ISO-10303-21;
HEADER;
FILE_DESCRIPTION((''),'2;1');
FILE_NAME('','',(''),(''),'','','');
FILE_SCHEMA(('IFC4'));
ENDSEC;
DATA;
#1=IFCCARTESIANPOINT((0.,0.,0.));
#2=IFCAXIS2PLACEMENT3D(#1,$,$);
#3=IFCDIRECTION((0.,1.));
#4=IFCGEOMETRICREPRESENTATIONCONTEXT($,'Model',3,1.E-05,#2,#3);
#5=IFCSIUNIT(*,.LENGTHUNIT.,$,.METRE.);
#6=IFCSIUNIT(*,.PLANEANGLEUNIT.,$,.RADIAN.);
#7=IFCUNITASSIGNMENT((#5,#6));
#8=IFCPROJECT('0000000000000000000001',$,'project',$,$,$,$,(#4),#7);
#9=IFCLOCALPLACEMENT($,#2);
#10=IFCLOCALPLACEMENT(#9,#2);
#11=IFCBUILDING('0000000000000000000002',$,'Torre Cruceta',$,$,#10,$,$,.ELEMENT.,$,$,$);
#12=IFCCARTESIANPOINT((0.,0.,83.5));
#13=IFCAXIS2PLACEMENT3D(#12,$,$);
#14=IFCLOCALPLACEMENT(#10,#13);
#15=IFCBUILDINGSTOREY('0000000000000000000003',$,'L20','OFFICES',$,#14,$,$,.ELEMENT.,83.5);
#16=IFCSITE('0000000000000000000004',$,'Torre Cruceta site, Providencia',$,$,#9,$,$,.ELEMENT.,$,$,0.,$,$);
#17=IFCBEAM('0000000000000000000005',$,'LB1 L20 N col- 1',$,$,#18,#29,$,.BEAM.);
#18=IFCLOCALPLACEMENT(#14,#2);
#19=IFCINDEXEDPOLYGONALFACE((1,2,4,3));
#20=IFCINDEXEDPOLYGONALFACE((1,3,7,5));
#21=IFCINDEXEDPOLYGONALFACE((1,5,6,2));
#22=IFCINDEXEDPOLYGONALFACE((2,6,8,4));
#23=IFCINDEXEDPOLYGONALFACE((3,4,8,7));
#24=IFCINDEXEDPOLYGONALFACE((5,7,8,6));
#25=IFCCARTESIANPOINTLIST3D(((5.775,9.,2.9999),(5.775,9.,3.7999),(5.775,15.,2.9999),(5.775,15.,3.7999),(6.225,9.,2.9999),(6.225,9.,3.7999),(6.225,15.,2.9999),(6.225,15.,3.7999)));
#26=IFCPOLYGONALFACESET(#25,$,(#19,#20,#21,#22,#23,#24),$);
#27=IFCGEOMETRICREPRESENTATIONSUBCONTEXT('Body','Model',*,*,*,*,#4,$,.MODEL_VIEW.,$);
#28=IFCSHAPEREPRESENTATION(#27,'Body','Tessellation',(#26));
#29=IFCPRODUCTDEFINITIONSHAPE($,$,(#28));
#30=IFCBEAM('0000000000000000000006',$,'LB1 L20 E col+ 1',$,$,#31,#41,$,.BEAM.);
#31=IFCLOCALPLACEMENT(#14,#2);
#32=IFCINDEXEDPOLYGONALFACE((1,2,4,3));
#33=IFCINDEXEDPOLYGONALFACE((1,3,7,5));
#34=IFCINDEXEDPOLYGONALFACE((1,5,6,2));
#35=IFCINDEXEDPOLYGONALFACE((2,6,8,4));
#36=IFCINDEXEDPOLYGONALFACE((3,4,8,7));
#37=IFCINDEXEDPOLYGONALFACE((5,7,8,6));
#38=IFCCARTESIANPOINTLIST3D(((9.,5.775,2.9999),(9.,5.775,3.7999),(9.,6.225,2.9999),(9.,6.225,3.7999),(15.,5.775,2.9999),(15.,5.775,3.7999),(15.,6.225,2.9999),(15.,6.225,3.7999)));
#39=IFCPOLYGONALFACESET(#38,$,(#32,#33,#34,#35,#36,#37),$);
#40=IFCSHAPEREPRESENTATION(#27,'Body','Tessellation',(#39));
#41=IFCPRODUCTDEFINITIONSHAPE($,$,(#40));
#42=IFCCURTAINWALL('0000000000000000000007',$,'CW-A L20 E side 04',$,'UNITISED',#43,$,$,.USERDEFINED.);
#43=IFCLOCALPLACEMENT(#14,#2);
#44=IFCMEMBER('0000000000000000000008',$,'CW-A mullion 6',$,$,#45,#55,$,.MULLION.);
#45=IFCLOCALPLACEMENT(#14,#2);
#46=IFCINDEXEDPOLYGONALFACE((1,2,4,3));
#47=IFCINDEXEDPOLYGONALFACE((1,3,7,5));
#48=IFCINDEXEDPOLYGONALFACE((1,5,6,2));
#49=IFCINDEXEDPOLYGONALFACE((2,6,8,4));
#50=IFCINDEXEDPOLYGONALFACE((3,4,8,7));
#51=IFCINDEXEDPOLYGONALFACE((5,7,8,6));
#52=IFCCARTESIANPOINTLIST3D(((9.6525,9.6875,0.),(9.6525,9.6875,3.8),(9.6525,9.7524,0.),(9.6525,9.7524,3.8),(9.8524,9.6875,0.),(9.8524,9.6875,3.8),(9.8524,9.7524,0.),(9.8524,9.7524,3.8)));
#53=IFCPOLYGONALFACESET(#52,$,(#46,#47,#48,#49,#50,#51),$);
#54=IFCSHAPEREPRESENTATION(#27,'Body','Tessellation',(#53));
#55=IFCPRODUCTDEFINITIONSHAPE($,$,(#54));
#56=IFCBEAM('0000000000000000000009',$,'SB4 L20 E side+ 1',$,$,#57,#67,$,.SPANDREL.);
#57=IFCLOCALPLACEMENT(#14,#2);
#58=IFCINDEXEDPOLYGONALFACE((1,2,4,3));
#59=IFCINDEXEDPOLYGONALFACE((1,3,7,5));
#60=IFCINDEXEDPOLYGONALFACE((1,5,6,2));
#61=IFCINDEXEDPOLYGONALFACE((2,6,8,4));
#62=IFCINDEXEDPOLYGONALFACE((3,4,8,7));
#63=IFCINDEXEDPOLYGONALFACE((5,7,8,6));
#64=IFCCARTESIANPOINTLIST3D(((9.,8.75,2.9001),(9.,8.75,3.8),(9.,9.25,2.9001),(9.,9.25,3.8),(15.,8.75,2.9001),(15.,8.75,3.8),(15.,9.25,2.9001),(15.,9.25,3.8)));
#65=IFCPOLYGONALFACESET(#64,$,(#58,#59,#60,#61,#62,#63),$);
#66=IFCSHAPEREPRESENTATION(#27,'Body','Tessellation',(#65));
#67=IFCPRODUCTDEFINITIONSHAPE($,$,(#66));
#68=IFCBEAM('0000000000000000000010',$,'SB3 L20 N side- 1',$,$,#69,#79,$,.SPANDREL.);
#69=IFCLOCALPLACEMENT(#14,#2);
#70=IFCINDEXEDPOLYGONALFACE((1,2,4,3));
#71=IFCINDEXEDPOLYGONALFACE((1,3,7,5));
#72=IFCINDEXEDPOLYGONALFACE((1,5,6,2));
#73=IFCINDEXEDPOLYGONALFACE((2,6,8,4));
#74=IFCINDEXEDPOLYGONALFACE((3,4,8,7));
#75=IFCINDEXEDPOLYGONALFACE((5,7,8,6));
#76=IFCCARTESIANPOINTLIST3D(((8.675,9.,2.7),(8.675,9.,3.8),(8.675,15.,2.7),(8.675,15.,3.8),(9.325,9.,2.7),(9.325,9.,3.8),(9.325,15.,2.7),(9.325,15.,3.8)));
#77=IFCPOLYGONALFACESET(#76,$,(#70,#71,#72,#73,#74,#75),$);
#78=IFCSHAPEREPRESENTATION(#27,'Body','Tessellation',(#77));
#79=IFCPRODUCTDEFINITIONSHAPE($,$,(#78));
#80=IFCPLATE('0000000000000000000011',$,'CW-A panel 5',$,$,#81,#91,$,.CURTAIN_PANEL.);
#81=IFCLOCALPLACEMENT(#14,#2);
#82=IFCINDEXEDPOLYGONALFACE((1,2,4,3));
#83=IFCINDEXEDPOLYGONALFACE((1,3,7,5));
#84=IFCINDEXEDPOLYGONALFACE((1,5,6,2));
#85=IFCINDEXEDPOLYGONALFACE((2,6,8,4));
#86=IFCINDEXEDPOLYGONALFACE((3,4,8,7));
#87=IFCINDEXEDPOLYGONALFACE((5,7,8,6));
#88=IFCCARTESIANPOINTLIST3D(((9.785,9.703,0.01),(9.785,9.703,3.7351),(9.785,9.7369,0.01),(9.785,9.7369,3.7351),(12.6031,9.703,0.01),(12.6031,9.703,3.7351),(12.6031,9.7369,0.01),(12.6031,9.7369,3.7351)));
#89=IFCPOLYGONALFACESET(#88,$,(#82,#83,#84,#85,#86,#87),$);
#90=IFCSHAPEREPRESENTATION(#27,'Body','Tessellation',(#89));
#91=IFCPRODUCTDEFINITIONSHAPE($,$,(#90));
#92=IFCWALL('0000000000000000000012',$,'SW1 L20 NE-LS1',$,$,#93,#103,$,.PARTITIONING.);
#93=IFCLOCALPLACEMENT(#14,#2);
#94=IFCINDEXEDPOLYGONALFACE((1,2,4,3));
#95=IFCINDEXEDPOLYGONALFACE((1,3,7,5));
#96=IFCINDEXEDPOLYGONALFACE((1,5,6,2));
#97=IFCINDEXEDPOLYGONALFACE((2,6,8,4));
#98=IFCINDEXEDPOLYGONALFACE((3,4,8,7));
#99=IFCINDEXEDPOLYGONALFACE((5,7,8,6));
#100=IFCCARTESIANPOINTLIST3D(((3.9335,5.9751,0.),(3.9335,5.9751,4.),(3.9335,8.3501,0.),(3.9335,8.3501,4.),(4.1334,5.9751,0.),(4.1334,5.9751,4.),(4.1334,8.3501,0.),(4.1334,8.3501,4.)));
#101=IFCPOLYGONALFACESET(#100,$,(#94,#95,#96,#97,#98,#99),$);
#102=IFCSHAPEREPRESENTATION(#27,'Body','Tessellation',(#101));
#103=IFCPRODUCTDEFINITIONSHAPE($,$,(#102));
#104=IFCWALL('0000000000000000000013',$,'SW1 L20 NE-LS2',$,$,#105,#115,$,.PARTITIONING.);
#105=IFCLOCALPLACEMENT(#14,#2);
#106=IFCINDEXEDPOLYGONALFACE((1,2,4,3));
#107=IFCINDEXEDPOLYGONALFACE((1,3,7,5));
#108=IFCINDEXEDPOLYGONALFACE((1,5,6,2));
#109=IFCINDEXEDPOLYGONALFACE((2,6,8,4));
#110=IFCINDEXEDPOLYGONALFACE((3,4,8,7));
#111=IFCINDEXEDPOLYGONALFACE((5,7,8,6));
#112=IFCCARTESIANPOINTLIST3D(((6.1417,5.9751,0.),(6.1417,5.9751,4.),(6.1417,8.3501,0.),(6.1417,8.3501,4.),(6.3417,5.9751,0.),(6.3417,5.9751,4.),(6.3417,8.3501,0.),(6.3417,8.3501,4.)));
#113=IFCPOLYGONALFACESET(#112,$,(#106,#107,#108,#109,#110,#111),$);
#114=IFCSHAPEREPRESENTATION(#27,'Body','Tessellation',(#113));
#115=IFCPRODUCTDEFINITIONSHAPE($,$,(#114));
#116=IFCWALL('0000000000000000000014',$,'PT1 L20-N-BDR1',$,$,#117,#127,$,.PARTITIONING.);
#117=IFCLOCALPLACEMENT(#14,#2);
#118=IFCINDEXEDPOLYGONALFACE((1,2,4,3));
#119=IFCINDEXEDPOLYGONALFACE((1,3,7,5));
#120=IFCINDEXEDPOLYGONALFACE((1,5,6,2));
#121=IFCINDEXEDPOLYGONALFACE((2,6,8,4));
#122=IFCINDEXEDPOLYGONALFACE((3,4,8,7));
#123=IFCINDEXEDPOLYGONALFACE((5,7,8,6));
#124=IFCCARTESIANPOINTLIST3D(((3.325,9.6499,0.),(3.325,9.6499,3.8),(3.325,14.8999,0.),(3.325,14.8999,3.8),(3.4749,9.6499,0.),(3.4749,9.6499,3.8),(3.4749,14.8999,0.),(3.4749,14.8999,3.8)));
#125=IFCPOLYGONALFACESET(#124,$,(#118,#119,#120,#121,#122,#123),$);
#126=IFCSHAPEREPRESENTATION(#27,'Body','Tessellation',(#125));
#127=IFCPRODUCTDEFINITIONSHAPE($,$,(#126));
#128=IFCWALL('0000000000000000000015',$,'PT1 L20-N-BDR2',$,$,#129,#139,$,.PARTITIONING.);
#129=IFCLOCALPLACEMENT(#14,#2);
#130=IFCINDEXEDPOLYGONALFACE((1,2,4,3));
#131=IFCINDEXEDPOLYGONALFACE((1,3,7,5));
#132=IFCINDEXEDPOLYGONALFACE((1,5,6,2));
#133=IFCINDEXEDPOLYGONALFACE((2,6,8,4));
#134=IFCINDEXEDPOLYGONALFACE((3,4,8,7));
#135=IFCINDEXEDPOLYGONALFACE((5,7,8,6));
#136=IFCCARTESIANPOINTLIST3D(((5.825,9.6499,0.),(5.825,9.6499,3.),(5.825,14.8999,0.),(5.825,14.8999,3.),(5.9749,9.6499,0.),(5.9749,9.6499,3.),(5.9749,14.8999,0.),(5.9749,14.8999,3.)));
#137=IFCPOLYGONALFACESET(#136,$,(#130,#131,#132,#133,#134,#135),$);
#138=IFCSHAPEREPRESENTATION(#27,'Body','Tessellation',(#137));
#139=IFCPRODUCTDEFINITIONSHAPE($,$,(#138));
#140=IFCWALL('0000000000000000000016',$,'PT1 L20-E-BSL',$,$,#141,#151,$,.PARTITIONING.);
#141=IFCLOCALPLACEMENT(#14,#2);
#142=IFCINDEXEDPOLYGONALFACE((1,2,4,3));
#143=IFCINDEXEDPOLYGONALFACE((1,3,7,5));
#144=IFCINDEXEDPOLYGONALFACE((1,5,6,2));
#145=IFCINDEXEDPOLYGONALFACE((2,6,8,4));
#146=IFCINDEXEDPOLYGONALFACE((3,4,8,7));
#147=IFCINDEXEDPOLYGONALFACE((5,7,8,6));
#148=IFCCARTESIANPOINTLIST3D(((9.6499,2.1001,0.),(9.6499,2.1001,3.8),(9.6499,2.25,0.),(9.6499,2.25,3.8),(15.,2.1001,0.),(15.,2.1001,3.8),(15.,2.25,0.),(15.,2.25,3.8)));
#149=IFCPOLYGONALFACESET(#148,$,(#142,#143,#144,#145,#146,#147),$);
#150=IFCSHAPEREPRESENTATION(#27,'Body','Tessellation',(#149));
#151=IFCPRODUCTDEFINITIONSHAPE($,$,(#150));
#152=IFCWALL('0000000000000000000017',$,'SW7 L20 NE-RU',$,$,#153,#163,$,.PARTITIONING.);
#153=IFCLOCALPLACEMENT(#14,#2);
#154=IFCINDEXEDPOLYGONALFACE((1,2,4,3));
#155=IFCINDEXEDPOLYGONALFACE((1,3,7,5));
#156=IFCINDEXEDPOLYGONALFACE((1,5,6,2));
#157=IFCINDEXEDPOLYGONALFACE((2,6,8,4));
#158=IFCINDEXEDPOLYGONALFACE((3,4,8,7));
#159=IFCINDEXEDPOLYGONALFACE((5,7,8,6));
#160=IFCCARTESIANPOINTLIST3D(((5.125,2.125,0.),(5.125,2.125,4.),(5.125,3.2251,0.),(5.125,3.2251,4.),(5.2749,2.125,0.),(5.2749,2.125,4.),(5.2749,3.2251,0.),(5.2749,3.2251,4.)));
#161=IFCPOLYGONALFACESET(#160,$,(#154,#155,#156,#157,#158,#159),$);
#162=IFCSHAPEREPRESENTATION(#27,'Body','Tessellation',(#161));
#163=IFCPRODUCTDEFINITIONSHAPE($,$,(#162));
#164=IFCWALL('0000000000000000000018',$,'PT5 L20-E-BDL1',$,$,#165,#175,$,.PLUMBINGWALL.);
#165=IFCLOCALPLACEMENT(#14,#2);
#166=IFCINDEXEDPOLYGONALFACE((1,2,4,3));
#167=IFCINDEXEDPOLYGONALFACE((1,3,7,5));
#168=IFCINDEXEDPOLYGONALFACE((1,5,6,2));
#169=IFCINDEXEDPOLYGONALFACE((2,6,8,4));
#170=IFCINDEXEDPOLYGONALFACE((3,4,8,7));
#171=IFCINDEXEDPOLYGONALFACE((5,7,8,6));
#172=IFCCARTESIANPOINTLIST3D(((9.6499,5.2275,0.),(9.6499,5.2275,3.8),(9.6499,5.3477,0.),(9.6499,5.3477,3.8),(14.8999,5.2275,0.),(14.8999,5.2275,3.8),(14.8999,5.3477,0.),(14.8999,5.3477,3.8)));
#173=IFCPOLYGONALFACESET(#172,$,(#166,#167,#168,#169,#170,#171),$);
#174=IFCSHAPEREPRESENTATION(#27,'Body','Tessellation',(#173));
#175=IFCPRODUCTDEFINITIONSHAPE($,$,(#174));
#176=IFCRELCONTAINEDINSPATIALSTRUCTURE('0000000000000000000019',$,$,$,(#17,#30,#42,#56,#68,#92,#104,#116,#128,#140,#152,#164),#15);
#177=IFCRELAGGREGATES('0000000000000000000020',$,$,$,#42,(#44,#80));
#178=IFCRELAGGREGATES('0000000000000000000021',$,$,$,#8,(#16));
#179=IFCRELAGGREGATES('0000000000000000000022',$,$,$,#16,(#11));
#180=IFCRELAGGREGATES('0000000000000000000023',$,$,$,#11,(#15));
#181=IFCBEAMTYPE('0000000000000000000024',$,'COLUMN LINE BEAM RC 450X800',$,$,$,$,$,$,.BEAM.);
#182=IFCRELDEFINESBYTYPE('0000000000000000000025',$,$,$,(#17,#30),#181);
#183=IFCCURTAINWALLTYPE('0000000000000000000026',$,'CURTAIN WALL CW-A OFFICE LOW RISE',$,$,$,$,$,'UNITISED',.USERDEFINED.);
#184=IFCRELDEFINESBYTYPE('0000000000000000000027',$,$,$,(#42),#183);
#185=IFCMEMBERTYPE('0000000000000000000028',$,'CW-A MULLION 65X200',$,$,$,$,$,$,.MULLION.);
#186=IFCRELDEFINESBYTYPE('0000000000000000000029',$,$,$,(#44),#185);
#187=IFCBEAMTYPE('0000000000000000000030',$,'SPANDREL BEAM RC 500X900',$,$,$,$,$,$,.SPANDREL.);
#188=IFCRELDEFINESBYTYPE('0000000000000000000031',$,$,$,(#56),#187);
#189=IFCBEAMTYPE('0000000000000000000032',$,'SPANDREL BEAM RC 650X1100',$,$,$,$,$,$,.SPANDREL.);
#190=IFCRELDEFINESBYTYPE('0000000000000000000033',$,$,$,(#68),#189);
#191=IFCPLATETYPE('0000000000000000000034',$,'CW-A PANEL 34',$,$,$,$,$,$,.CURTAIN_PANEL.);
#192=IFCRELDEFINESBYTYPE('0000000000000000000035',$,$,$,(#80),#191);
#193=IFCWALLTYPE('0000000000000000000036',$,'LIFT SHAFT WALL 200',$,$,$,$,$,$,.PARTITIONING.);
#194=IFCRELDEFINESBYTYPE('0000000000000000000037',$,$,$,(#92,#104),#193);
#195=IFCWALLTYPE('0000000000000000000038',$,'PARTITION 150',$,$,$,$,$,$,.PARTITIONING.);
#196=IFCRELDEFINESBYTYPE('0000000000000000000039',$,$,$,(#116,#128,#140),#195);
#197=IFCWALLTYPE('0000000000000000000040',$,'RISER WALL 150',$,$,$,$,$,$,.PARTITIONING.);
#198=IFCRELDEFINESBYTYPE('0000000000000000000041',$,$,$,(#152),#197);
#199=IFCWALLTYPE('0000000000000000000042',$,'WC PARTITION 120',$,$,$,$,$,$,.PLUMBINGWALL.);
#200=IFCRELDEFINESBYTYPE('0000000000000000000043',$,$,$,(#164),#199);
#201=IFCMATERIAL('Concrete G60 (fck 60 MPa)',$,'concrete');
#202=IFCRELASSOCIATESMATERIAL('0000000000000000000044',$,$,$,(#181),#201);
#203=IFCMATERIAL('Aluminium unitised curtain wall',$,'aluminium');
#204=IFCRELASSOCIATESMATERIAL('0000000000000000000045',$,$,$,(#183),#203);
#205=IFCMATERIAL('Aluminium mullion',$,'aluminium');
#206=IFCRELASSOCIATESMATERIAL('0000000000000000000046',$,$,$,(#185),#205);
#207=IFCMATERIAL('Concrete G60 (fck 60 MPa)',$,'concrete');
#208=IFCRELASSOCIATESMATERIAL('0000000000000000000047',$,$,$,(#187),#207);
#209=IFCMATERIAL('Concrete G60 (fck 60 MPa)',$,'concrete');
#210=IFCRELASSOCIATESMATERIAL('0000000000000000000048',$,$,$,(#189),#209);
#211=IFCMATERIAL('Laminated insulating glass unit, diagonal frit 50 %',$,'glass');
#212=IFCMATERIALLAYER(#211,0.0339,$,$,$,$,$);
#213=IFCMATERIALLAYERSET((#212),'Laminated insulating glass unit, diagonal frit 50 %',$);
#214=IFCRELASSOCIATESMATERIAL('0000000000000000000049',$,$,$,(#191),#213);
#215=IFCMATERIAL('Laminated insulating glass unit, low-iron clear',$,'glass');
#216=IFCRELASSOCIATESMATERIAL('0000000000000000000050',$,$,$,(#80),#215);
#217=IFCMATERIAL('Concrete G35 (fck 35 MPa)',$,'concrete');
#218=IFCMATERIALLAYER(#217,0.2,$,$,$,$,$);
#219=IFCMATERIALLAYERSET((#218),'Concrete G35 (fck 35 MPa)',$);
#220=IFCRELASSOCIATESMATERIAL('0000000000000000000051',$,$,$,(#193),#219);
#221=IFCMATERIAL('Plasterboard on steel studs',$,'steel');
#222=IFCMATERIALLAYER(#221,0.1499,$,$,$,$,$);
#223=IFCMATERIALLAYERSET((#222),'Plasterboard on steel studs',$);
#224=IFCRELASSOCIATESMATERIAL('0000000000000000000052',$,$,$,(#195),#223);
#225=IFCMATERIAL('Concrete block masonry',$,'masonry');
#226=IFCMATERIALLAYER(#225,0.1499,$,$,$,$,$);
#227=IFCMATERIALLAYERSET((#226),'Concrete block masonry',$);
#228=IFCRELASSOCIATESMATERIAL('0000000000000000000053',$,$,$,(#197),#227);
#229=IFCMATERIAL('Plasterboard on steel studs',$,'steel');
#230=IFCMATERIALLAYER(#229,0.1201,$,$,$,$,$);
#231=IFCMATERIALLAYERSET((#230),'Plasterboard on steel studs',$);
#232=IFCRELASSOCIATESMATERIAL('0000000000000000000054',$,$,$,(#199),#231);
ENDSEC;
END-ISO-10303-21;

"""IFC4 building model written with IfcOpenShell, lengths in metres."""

from ifc_helpers import new_model, si_unit, direction, frame, frame_2d, origin, origin_2d, place, context, subcontext, project, spatial, rectangle, extrude, material, layer, layer_set, material_profile, profile_set, type_object, element, aggregate, save


model = new_model("IFC4")

# Units and contexts
model_context = context("Model", 3, precision=1e-05, world=origin(), true_north=direction((0.0, 1.0)))
body_context = subcontext(model_context, "Body", "Model", "MODEL_VIEW")
ifc_project = project(units=[si_unit("LENGTHUNIT", "METRE"), si_unit("PLANEANGLEUNIT", "RADIAN")], contexts=[model_context])

# Site, building, storey
site_placement = place(None, origin())
site = spatial("IfcSite", under=ifc_project, at=site_placement, Name="Torre Cruceta site, Providencia", CompositionType="ELEMENT", RefElevation=0.0)
building_placement = place(site_placement, origin())
building = spatial("IfcBuilding", under=site, at=building_placement, Name="Torre Cruceta", CompositionType="ELEMENT")
storey_placement = place(building_placement, frame((0.0, 0.0, 83.5)))
storey = spatial("IfcBuildingStorey", under=building, at=storey_placement, Name="L20", Description="OFFICES", CompositionType="ELEMENT", Elevation=83.5)

# Beams
ifc_material_1 = material(Name="Concrete G60 (fck 60 MPa)", Category="concrete")
ifc_material_profile_1 = material_profile(ifc_material_1, rectangle(XDim=0.45, YDim=0.8, at=origin_2d()), Name="RC 450X800")
ifc_profile_set_1 = profile_set([ifc_material_profile_1], Name="Concrete G60 (fck 60 MPa)")
beam_type_1 = type_object("IfcBeamType", Name="COLUMN LINE BEAM RC 450X800", PredefinedType="BEAM", material=ifc_profile_set_1)
for number, where, z_axis, x_axis, name in (
    (1, (6.0, 9.0, 3.3999), (0.0, 1.0, 0.0), (-1.0, 0.0, 0.0), "LB1 L20 N col- 1"),
    (2, (9.0, 6.0, 3.3999), (1.0, 0.0, 0.0), (0.0, 1.0, 0.0), "LB1 L20 E col+ 1"),
):
    element("IfcBeam", number, at=place(storey_placement, frame(where, z_axis=z_axis, x_axis=x_axis)), inside=storey, type_object=beam_type_1, Name=name, PredefinedType="BEAM", context=body_context, shape_type="SweptSolid", body=[
        extrude(rectangle(XDim=0.45, YDim=0.8, at=origin_2d()), origin(), (0.0, 0.0, 1.0), 6.0),
    ])

# Curtain wall, member
ifc_material_2 = material(Name="Aluminium unitised curtain wall", Category="aluminium")
curtain_wall_type = type_object("IfcCurtainWallType", Name="CURTAIN WALL CW-A OFFICE LOW RISE", ElementType="UNITISED", PredefinedType="USERDEFINED", material=ifc_material_2)
curtain_wall_placement = place(storey_placement, origin())
curtain_wall = element("IfcCurtainWall", 3, at=curtain_wall_placement, inside=storey, type_object=curtain_wall_type, Name="CW-A L20 E side 04", ObjectType="UNITISED", PredefinedType="USERDEFINED")
ifc_material_3 = material(Name="Aluminium mullion", Category="aluminium")
ifc_material_profile_2 = material_profile(ifc_material_3, rectangle(XDim=0.0649, YDim=0.2, at=origin_2d()), Name="AL 65X200")
ifc_profile_set_2 = profile_set([ifc_material_profile_2], Name="Aluminium mullion")
member_type = type_object("IfcMemberType", Name="CW-A MULLION 65X200", PredefinedType="MULLION", material=ifc_profile_set_2)
member_placement = place(storey_placement, frame((9.7524, 9.72, 0.0), z_axis=(0.0, 0.0, 1.0), x_axis=(0.0, -1.0, 0.0)))
member = element("IfcMember", 4, at=member_placement, type_object=member_type, Name="CW-A mullion 6", PredefinedType="MULLION", context=body_context, shape_type="SweptSolid", body=[
    extrude(rectangle(XDim=0.0649, YDim=0.2, at=origin_2d()), origin(), (0.0, 0.0, 1.0), 3.8),
])

# Beams
ifc_material_4 = material(Name="Concrete G60 (fck 60 MPa)", Category="concrete")
ifc_material_profile_3 = material_profile(ifc_material_4, rectangle(XDim=0.5, YDim=0.8999, at=origin_2d()), Name="RC 500X900")
ifc_profile_set_3 = profile_set([ifc_material_profile_3], Name="Concrete G60 (fck 60 MPa)")
beam_type_2 = type_object("IfcBeamType", Name="SPANDREL BEAM RC 500X900", PredefinedType="SPANDREL", material=ifc_profile_set_3)
beam_1_placement = place(storey_placement, frame((9.0, 9.0, 3.3501), z_axis=(1.0, 0.0, 0.0), x_axis=(0.0, 1.0, 0.0)))
element("IfcBeam", 5, at=beam_1_placement, inside=storey, type_object=beam_type_2, Name="SB4 L20 E side+ 1", PredefinedType="SPANDREL", context=body_context, shape_type="SweptSolid", body=[
    extrude(rectangle(XDim=0.5, YDim=0.8999, at=origin_2d()), origin(), (0.0, 0.0, 1.0), 6.0),
])
ifc_material_5 = material(Name="Concrete G60 (fck 60 MPa)", Category="concrete")
ifc_material_profile_4 = material_profile(ifc_material_5, rectangle(XDim=0.6499, YDim=1.1001, at=origin_2d()), Name="RC 650X1100")
ifc_profile_set_4 = profile_set([ifc_material_profile_4], Name="Concrete G60 (fck 60 MPa)")
beam_type_3 = type_object("IfcBeamType", Name="SPANDREL BEAM RC 650X1100", PredefinedType="SPANDREL", material=ifc_profile_set_4)
beam_2_placement = place(storey_placement, frame((9.0, 9.0, 3.25), z_axis=(0.0, 1.0, 0.0), x_axis=(-1.0, 0.0, 0.0)))
element("IfcBeam", 6, at=beam_2_placement, inside=storey, type_object=beam_type_3, Name="SB3 L20 N side- 1", PredefinedType="SPANDREL", context=body_context, shape_type="SweptSolid", body=[
    extrude(rectangle(XDim=0.6499, YDim=1.1001, at=origin_2d()), origin(), (0.0, 0.0, 1.0), 6.0),
])

# Plate
ifc_material_6 = material(Name="Laminated insulating glass unit, low-iron clear", Category="glass")
ifc_material_7 = material(Name="Laminated insulating glass unit, diagonal frit 50 %", Category="glass")
ifc_layer_1 = layer(ifc_material_7, 0.0339)
ifc_layer_set_1 = layer_set([ifc_layer_1], Name="Laminated insulating glass unit, diagonal frit 50 %")
plate_type = type_object("IfcPlateType", Name="CW-A PANEL 34", PredefinedType="CURTAIN_PANEL", material=ifc_layer_set_1)
plate_placement = place(storey_placement, frame((11.1941, 9.72, 0.01), z_axis=(0.0, 0.0, 1.0), x_axis=(-1.0, 0.0, 0.0)))
plate = element("IfcPlate", 7, at=plate_placement, type_object=plate_type, material=ifc_material_6, Name="CW-A panel 5", PredefinedType="CURTAIN_PANEL", context=body_context, shape_type="SweptSolid", body=[
    extrude(rectangle(XDim=2.8181, YDim=0.0339, at=origin_2d()), origin(), (0.0, 0.0, 1.0), 3.7251),
])
aggregate(curtain_wall, [member, plate])

# Walls
ifc_material_8 = material(Name="Concrete G35 (fck 35 MPa)", Category="concrete")
ifc_layer_2 = layer(ifc_material_8, 0.2)
ifc_layer_set_2 = layer_set([ifc_layer_2], Name="Concrete G35 (fck 35 MPa)")
wall_type_1 = type_object("IfcWallType", Name="LIFT SHAFT WALL 200", PredefinedType="PARTITIONING", material=ifc_layer_set_2)
for number, where, z_axis, x_axis, name in (
    (8, (4.0334, 5.9751, 0.0), (0.0, 0.0, 1.0), (0.0, 1.0, 0.0), "SW1 L20 NE-LS1"),
    (9, (6.2417, 5.9751, 0.0), (0.0, 0.0, 1.0), (0.0, 1.0, 0.0), "SW1 L20 NE-LS2"),
):
    element("IfcWall", number, at=place(storey_placement, frame(where, z_axis=z_axis, x_axis=x_axis)), inside=storey, type_object=wall_type_1, Name=name, PredefinedType="PARTITIONING", context=body_context, shape_type="SweptSolid", body=[
        extrude(rectangle(XDim=2.375, YDim=0.2, at=frame_2d((1.1875, 0.0))), origin(), (0.0, 0.0, 1.0), 4.0),
    ])
ifc_material_9 = material(Name="Plasterboard on steel studs", Category="steel")
ifc_layer_3 = layer(ifc_material_9, 0.1499)
ifc_layer_set_3 = layer_set([ifc_layer_3], Name="Plasterboard on steel studs")
wall_type_2 = type_object("IfcWallType", Name="PARTITION 150", PredefinedType="PARTITIONING", material=ifc_layer_set_3)
wall_1_placement = place(storey_placement, frame((3.3999, 9.6499, 0.0), z_axis=(0.0, 0.0, 1.0), x_axis=(0.0, 1.0, 0.0)))
element("IfcWall", 10, at=wall_1_placement, inside=storey, type_object=wall_type_2, Name="PT1 L20-N-BDR1", PredefinedType="PARTITIONING", context=body_context, shape_type="SweptSolid", body=[
    extrude(rectangle(XDim=5.25, YDim=0.1499, at=frame_2d((2.625, 0.0))), origin(), (0.0, 0.0, 1.0), 3.8),
])
wall_2_placement = place(storey_placement, frame((5.8999, 9.6499, 0.0), z_axis=(0.0, 0.0, 1.0), x_axis=(0.0, 1.0, 0.0)))
element("IfcWall", 11, at=wall_2_placement, inside=storey, type_object=wall_type_2, Name="PT1 L20-N-BDR2", PredefinedType="PARTITIONING", context=body_context, shape_type="SweptSolid", body=[
    extrude(rectangle(XDim=5.25, YDim=0.1499, at=frame_2d((2.625, 0.0))), origin(), (0.0, 0.0, 1.0), 3.0),
])
wall_3_placement = place(storey_placement, frame((9.6499, 2.175, 0.0), z_axis=(0.0, 0.0, 1.0), x_axis=(1.0, 0.0, 0.0)))
element("IfcWall", 12, at=wall_3_placement, inside=storey, type_object=wall_type_2, Name="PT1 L20-E-BSL", PredefinedType="PARTITIONING", context=body_context, shape_type="SweptSolid", body=[
    extrude(rectangle(XDim=5.3501, YDim=0.1499, at=frame_2d((2.675, 0.0))), origin(), (0.0, 0.0, 1.0), 3.8),
])
ifc_material_10 = material(Name="Concrete block masonry", Category="masonry")
ifc_layer_4 = layer(ifc_material_10, 0.1499)
ifc_layer_set_4 = layer_set([ifc_layer_4], Name="Concrete block masonry")
wall_type_3 = type_object("IfcWallType", Name="RISER WALL 150", PredefinedType="PARTITIONING", material=ifc_layer_set_4)
wall_4_placement = place(storey_placement, frame((5.2, 2.125, 0.0), z_axis=(0.0, 0.0, 1.0), x_axis=(0.0, 1.0, 0.0)))
element("IfcWall", 13, at=wall_4_placement, inside=storey, type_object=wall_type_3, Name="SW7 L20 NE-RU", PredefinedType="PARTITIONING", context=body_context, shape_type="SweptSolid", body=[
    extrude(rectangle(XDim=1.1001, YDim=0.1499, at=frame_2d((0.55, 0.0))), origin(), (0.0, 0.0, 1.0), 4.0),
])
ifc_material_11 = material(Name="Plasterboard on steel studs", Category="steel")
ifc_layer_5 = layer(ifc_material_11, 0.1201)
ifc_layer_set_5 = layer_set([ifc_layer_5], Name="Plasterboard on steel studs")
wall_type_4 = type_object("IfcWallType", Name="WC PARTITION 120", PredefinedType="PLUMBINGWALL", material=ifc_layer_set_5)
wall_5_placement = place(storey_placement, frame((9.6499, 5.2876, 0.0), z_axis=(0.0, 0.0, 1.0), x_axis=(1.0, 0.0, 0.0)))
element("IfcWall", 14, at=wall_5_placement, inside=storey, type_object=wall_type_4, Name="PT5 L20-E-BDL1", PredefinedType="PLUMBINGWALL", context=body_context, shape_type="SweptSolid", body=[
    extrude(rectangle(XDim=5.25, YDim=0.1201, at=frame_2d((2.625, 0.0))), origin(), (0.0, 0.0, 1.0), 3.8),
])

save(model, "model.ifc")
